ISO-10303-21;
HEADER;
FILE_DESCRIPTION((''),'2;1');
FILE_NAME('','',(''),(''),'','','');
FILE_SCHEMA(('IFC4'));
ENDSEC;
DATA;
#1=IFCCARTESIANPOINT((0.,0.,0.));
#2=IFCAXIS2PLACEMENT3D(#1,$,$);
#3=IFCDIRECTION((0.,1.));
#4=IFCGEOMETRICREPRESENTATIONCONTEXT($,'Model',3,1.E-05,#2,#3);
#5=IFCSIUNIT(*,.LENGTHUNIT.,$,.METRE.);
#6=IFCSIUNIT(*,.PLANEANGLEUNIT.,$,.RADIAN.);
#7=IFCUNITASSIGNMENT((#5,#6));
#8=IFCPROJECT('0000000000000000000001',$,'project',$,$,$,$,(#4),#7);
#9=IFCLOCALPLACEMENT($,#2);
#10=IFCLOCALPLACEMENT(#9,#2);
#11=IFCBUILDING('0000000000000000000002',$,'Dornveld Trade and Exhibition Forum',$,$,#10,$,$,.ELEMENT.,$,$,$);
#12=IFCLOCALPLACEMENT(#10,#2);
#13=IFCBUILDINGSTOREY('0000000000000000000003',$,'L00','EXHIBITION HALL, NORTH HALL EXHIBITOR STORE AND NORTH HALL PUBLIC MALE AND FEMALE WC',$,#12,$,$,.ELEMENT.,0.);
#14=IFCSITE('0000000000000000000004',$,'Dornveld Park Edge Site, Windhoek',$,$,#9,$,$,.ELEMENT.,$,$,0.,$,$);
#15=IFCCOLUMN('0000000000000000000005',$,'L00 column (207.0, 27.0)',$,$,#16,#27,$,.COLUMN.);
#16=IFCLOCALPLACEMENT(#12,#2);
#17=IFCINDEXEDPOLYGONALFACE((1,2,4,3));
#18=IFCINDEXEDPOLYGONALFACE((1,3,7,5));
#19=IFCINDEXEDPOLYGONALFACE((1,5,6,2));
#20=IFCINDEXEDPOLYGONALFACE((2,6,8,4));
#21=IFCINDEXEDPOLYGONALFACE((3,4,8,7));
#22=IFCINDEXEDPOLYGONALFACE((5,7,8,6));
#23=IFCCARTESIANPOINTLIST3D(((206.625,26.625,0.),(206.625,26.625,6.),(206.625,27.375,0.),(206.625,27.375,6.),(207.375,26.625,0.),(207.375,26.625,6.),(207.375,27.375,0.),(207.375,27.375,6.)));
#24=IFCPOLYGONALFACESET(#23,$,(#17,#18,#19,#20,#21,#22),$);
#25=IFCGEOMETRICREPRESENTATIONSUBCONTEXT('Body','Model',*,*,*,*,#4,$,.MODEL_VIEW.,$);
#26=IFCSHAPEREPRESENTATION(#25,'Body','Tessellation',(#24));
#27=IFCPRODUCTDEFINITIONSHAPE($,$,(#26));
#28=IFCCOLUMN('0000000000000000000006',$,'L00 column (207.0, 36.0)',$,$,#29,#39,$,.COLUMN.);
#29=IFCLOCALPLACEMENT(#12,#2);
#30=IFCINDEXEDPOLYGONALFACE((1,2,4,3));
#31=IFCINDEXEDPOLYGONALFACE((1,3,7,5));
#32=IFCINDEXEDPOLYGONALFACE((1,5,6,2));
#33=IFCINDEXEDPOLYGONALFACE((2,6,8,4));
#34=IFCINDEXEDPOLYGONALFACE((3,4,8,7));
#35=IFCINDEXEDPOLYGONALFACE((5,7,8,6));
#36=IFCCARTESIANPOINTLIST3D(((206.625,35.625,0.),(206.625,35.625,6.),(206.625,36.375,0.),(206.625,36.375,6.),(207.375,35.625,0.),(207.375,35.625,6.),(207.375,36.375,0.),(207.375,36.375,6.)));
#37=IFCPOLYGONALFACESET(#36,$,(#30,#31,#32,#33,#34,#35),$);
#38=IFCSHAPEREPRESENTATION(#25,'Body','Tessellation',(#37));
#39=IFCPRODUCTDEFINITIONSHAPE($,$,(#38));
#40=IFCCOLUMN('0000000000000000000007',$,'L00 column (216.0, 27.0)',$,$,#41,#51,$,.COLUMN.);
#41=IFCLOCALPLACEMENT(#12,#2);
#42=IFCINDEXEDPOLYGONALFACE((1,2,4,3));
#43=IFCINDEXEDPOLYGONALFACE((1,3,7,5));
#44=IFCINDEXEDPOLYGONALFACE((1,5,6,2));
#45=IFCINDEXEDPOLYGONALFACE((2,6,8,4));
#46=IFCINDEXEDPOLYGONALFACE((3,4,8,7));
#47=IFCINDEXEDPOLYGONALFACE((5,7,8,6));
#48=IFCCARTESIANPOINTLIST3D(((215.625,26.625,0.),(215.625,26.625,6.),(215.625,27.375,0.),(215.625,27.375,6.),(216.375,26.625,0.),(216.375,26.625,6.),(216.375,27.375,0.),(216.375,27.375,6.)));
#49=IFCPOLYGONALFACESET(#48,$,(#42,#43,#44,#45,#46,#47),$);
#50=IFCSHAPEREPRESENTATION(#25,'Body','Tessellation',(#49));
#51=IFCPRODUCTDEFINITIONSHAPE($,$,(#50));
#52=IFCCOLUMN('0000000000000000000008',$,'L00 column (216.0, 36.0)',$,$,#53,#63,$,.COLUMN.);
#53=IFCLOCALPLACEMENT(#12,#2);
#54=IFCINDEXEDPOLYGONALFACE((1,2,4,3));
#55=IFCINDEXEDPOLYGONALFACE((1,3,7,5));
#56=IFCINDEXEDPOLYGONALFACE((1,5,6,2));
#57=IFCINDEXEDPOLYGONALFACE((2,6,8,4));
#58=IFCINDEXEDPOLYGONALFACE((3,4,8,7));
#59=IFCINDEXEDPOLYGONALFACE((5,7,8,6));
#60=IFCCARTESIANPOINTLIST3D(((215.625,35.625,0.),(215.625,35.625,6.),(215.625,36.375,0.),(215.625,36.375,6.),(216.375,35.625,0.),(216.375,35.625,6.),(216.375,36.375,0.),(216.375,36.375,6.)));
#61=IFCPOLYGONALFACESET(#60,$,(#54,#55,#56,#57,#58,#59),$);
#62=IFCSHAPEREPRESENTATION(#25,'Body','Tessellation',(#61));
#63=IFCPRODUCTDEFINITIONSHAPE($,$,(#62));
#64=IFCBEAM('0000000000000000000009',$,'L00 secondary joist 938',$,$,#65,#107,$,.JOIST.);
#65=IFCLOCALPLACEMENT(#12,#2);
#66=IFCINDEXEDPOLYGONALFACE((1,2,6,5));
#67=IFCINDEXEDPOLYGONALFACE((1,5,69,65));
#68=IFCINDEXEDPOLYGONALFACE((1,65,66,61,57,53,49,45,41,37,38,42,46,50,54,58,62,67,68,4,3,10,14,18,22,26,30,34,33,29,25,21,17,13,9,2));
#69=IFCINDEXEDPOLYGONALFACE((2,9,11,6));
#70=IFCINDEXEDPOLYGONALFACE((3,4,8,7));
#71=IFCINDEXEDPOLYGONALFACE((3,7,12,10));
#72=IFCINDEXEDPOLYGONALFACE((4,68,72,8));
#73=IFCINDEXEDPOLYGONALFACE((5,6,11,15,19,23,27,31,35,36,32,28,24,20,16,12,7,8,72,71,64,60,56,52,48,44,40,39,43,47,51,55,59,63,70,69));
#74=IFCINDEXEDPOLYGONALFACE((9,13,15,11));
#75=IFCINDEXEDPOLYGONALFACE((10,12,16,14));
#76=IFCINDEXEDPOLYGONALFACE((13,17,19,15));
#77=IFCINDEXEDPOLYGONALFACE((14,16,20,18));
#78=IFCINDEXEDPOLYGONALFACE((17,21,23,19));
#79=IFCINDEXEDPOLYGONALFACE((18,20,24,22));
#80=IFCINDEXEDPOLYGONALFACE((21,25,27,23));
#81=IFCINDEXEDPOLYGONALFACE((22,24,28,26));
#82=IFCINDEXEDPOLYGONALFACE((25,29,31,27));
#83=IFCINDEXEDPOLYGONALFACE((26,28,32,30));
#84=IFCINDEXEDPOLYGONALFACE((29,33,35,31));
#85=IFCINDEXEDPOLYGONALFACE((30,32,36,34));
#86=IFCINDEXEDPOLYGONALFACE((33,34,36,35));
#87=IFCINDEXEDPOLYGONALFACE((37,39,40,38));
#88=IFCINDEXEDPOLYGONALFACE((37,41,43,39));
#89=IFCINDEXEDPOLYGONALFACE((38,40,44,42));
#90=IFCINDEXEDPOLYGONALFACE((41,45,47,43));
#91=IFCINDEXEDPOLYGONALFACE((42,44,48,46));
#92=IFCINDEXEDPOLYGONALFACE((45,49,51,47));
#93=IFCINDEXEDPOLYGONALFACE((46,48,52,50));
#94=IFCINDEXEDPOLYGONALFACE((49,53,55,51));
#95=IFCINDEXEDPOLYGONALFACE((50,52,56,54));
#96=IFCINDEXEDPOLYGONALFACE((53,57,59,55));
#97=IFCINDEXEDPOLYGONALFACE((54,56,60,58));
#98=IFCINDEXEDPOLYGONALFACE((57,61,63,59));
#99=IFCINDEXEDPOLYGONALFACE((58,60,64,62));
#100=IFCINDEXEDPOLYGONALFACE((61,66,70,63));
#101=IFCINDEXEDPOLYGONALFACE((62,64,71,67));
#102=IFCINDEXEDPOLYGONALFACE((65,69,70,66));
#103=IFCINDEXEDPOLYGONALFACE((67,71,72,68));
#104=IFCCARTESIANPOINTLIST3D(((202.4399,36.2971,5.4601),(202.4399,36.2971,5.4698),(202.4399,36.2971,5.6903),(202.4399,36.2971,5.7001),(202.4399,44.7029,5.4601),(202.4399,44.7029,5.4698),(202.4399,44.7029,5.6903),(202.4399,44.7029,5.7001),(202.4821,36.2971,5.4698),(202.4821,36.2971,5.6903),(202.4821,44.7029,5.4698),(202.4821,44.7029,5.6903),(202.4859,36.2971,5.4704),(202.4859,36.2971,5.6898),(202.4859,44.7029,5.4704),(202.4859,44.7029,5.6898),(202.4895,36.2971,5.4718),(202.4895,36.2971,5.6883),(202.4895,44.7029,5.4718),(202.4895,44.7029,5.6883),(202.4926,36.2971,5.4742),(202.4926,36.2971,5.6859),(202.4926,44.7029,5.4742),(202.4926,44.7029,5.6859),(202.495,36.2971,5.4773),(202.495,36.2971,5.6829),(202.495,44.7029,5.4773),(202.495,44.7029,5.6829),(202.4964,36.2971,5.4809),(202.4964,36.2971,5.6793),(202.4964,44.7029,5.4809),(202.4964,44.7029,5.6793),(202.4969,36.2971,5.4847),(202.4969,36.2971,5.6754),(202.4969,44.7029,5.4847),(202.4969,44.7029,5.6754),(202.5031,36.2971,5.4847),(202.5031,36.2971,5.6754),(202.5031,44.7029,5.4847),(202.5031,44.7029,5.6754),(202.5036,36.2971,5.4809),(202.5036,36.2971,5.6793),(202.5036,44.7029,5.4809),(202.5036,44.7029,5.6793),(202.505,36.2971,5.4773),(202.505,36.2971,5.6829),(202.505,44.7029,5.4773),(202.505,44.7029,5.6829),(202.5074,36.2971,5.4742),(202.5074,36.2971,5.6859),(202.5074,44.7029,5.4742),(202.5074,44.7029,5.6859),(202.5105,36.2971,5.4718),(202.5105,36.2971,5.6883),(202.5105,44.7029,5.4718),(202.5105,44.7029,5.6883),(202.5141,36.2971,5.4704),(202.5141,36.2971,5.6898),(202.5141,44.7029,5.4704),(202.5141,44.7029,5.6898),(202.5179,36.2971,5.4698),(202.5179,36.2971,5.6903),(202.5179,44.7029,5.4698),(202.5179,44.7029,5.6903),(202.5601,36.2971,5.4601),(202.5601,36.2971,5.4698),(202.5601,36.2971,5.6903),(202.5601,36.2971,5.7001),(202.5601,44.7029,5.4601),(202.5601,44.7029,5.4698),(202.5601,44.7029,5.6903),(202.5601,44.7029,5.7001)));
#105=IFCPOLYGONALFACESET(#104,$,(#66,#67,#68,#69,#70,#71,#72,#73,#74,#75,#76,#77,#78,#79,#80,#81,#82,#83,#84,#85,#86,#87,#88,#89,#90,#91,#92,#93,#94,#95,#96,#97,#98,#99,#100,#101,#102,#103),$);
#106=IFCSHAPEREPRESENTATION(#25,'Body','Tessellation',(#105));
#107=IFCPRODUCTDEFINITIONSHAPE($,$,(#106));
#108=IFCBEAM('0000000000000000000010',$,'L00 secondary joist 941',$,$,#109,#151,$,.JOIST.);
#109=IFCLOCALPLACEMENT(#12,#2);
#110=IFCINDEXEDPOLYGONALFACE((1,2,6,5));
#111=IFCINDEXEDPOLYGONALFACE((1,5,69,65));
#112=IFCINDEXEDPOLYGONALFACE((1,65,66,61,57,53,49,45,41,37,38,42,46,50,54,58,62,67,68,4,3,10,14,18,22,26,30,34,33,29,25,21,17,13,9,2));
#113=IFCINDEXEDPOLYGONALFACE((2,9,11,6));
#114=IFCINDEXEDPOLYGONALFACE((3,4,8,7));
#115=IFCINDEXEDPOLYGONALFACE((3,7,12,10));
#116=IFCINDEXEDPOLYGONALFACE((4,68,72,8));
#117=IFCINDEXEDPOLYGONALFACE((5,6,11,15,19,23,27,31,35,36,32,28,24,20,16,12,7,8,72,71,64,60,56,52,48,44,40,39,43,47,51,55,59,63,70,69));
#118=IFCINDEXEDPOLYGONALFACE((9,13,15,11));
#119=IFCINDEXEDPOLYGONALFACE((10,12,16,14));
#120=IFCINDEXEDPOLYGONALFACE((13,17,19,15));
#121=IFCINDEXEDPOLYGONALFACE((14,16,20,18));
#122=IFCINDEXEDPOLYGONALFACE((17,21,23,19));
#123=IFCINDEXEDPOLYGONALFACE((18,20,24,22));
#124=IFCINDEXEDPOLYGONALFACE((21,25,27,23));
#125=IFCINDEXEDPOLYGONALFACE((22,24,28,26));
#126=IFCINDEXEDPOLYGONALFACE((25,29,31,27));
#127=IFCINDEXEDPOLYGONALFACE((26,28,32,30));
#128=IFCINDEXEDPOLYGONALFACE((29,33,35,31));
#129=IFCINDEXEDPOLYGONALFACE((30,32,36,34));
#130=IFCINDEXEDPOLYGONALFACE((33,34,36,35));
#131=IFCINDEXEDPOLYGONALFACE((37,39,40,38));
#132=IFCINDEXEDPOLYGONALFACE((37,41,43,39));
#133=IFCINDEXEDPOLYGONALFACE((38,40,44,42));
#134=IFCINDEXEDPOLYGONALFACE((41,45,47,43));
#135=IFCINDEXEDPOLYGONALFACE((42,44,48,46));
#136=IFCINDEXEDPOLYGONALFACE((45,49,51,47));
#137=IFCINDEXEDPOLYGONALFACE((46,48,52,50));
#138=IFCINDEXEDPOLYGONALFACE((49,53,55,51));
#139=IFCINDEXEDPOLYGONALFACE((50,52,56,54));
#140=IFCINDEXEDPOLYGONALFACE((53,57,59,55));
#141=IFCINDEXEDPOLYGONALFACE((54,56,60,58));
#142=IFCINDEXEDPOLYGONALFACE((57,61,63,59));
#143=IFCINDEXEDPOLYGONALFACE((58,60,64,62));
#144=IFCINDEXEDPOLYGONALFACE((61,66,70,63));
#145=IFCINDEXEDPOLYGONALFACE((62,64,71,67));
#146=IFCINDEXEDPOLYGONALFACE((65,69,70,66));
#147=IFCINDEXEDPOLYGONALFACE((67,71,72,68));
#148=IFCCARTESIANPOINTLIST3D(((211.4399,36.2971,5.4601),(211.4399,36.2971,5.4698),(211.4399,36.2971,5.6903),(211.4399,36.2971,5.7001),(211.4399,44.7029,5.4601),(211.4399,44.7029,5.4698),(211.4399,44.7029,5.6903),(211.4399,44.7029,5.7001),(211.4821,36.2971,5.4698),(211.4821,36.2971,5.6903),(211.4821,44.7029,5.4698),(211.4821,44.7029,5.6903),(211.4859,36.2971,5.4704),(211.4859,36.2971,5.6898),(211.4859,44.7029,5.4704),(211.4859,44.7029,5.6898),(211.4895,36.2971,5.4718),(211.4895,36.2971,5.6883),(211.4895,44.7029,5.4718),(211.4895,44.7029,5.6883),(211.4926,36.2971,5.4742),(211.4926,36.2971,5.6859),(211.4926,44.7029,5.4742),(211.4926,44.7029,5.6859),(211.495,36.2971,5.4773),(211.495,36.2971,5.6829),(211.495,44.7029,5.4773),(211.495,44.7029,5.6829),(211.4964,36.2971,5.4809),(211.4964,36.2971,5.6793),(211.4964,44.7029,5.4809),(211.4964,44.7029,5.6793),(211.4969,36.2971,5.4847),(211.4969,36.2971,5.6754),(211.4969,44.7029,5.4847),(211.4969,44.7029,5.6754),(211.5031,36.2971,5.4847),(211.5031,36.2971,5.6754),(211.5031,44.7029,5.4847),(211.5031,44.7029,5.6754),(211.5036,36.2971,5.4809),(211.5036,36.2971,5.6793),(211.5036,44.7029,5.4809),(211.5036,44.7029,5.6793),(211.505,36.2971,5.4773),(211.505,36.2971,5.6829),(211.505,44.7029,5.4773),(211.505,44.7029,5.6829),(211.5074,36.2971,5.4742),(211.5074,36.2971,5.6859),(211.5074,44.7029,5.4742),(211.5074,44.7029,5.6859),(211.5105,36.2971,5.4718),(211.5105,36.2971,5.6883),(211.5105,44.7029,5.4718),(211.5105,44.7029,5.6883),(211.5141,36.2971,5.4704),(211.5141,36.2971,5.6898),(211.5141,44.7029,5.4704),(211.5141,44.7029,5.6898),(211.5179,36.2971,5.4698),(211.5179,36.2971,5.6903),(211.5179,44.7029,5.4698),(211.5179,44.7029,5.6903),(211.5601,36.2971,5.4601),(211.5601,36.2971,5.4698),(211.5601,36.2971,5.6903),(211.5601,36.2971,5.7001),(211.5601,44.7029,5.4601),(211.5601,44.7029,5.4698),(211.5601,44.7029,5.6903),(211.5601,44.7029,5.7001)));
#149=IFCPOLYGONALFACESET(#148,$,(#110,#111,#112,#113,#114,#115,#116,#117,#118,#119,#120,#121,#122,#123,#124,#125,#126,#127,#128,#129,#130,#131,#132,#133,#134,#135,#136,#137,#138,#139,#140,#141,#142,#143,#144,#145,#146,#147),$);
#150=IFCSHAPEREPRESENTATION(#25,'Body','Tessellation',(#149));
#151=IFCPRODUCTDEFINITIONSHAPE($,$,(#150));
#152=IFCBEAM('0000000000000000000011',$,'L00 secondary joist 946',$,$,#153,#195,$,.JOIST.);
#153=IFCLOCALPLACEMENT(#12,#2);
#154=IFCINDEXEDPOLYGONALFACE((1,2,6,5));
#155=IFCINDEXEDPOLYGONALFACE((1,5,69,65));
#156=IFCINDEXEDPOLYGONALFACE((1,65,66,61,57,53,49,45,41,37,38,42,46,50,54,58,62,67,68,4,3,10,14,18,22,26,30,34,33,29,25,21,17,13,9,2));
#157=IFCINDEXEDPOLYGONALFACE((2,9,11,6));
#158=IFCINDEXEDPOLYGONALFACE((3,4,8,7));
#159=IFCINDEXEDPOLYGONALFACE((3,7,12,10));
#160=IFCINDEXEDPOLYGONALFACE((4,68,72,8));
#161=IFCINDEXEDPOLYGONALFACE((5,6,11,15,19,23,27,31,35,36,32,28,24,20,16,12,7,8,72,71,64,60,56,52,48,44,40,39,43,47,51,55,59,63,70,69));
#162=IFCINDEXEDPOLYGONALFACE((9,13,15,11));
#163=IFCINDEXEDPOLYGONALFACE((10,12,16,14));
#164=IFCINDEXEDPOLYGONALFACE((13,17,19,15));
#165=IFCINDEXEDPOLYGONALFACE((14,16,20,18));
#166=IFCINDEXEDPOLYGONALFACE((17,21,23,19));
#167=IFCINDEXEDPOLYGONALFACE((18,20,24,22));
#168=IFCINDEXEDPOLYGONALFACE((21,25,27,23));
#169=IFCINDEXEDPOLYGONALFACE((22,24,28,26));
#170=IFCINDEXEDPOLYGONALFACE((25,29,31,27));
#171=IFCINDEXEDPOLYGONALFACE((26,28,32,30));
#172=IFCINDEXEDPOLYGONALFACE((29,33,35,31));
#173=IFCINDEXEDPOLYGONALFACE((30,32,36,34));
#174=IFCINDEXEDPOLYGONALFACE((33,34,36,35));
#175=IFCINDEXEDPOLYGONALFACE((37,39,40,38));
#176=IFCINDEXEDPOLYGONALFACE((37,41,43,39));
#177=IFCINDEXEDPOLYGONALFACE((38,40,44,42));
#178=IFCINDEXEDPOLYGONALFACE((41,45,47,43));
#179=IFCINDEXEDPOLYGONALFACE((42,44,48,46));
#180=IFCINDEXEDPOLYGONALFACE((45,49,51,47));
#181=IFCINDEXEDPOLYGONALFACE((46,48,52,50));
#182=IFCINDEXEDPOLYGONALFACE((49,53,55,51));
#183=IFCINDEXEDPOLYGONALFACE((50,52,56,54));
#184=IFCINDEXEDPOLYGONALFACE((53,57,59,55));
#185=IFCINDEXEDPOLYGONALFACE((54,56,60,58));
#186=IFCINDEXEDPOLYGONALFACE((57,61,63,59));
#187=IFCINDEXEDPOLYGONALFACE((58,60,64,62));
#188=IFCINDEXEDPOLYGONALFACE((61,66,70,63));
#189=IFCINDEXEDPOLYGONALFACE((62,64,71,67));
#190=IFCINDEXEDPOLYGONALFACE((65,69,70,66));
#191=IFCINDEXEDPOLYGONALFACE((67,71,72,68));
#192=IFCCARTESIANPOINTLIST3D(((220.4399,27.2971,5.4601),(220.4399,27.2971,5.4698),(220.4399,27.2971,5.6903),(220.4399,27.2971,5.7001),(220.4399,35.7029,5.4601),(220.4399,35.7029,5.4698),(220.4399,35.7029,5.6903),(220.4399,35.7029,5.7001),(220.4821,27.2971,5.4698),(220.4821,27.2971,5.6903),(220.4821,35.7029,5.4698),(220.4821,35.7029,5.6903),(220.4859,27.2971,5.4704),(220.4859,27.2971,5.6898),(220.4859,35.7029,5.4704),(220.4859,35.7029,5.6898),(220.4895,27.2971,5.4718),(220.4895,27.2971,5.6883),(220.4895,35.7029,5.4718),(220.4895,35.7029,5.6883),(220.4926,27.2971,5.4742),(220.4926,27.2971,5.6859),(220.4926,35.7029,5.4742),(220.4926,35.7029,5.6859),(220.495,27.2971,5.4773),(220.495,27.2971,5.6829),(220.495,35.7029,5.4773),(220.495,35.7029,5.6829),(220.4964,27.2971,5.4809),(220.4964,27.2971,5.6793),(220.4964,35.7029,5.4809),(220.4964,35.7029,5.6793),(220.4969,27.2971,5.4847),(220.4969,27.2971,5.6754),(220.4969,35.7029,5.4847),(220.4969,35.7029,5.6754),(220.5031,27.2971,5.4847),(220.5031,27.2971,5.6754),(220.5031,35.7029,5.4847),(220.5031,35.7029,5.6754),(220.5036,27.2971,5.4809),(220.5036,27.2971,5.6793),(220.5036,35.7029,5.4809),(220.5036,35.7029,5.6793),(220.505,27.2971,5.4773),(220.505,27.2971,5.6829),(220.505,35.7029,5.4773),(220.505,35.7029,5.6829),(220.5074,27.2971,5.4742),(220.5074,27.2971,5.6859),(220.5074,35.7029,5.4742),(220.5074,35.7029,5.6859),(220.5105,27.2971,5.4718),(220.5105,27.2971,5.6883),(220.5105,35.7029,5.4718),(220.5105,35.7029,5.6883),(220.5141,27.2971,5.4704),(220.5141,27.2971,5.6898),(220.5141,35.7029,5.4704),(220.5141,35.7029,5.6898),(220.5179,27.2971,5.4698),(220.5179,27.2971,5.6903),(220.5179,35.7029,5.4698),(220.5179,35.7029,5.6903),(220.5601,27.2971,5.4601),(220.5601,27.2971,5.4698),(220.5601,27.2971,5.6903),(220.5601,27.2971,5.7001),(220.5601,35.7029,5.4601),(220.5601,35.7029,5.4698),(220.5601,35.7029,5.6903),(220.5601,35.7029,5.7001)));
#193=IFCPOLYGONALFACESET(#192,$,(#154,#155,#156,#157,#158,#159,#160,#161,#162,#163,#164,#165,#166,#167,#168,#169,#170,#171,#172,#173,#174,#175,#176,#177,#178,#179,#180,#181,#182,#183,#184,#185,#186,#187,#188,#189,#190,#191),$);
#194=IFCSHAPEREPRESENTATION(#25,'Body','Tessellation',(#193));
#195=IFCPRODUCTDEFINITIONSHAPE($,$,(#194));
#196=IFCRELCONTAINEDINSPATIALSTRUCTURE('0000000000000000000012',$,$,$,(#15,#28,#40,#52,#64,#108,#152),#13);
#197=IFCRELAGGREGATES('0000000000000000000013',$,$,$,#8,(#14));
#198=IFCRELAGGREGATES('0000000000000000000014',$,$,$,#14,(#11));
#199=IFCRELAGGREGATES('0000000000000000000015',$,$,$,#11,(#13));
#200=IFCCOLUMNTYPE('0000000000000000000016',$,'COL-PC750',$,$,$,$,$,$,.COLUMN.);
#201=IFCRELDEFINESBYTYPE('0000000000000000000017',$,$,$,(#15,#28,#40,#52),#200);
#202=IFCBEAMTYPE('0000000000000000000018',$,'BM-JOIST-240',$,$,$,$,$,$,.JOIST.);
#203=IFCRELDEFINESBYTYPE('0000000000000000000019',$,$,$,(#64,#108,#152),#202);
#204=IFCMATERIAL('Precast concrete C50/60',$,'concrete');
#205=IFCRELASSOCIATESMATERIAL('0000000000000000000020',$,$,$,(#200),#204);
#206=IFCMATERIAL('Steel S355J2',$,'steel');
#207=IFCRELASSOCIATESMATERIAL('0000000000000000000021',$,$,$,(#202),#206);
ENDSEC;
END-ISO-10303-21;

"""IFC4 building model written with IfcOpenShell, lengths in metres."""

from ifc_helpers import new_model, si_unit, direction, frame, origin, origin_2d, place, context, subcontext, project, spatial, rectangle, i_section, extrude, material, material_profile, profile_set, type_object, element, save


model = new_model("IFC4")

# Units and contexts
model_context = context("Model", 3, precision=1e-05, world=origin(), true_north=direction((0.0, 1.0)))
body_context = subcontext(model_context, "Body", "Model", "MODEL_VIEW")
ifc_project = project(units=[si_unit("LENGTHUNIT", "METRE"), si_unit("PLANEANGLEUNIT", "RADIAN")], contexts=[model_context])

# Site, building, storey
site_placement = place(None, origin())
site = spatial("IfcSite", under=ifc_project, at=site_placement, Name="Dornveld Park Edge Site, Windhoek", CompositionType="ELEMENT", RefElevation=0.0)
building_placement = place(site_placement, origin())
building = spatial("IfcBuilding", under=site, at=building_placement, Name="Dornveld Trade and Exhibition Forum", CompositionType="ELEMENT")
storey_placement = place(building_placement, origin())
storey = spatial("IfcBuildingStorey", under=building, at=storey_placement, Name="L00", Description="EXHIBITION HALL, NORTH HALL EXHIBITOR STORE AND NORTH HALL PUBLIC MALE AND FEMALE WC", CompositionType="ELEMENT", Elevation=0.0)

# Columns
ifc_material_1 = material(Name="Precast concrete C50/60", Category="concrete")
ifc_material_profile_1 = material_profile(ifc_material_1, rectangle(XDim=0.75, YDim=0.75, at=origin_2d()), Name="PC-COL 750x750")
ifc_profile_set_1 = profile_set([ifc_material_profile_1], Name="Precast concrete C50/60")
column_type = type_object("IfcColumnType", Name="COL-PC750", PredefinedType="COLUMN", material=ifc_profile_set_1)
for number, where, z_axis, x_axis, name in (
    (1, (207.0, 27.0, 0.0), (0.0, 0.0, 1.0), (1.0, 0.0, 0.0), "L00 column (207.0, 27.0)"),
    (2, (207.0, 36.0, 0.0), (0.0, 0.0, 1.0), (1.0, 0.0, 0.0), "L00 column (207.0, 36.0)"),
    (3, (216.0, 27.0, 0.0), (0.0, 0.0, 1.0), (1.0, 0.0, 0.0), "L00 column (216.0, 27.0)"),
    (4, (216.0, 36.0, 0.0), (0.0, 0.0, 1.0), (1.0, 0.0, 0.0), "L00 column (216.0, 36.0)"),
):
    element("IfcColumn", number, at=place(storey_placement, frame(where, z_axis=z_axis, x_axis=x_axis)), inside=storey, type_object=column_type, Name=name, PredefinedType="COLUMN", context=body_context, shape_type="SweptSolid", body=[
        extrude(rectangle(XDim=0.75, YDim=0.75, at=origin_2d()), origin(), (0.0, 0.0, 1.0), 6.0),
    ])

# Beams
ifc_material_2 = material(Name="Steel S355J2", Category="steel")
ifc_material_profile_2 = material_profile(ifc_material_2, i_section(OverallWidth=0.1201, OverallDepth=0.24, WebThickness=0.0061, FlangeThickness=0.0098, FilletRadius=0.0149, at=origin_2d()), Name="IPE 240")
ifc_profile_set_2 = profile_set([ifc_material_profile_2], Name="Steel S355J2")
beam_type_1 = type_object("IfcBeamType", Name="BM-JOIST-240", PredefinedType="JOIST", material=ifc_profile_set_2)
for number, where, z_axis, x_axis, name in (
    (5, (202.5, 36.2971, 5.5801), (0.0, 1.0, 0.0), (-1.0, 0.0, 0.0), "L00 secondary joist 938"),
    (6, (211.5, 36.2971, 5.5801), (0.0, 1.0, 0.0), (-1.0, 0.0, 0.0), "L00 secondary joist 941"),
    (7, (220.5, 27.2971, 5.5801), (0.0, 1.0, 0.0), (-1.0, 0.0, 0.0), "L00 secondary joist 946"),
):
    element("IfcBeam", number, at=place(storey_placement, frame(where, z_axis=z_axis, x_axis=x_axis)), inside=storey, type_object=beam_type_1, Name=name, PredefinedType="JOIST", context=body_context, shape_type="SweptSolid", body=[
        extrude(i_section(OverallWidth=0.1201, OverallDepth=0.24, WebThickness=0.0061, FlangeThickness=0.0098, FilletRadius=0.0149, at=origin_2d()), origin(), (0.0, 0.0, 1.0), 8.4058),
    ])

save(model, "model.ifc")
